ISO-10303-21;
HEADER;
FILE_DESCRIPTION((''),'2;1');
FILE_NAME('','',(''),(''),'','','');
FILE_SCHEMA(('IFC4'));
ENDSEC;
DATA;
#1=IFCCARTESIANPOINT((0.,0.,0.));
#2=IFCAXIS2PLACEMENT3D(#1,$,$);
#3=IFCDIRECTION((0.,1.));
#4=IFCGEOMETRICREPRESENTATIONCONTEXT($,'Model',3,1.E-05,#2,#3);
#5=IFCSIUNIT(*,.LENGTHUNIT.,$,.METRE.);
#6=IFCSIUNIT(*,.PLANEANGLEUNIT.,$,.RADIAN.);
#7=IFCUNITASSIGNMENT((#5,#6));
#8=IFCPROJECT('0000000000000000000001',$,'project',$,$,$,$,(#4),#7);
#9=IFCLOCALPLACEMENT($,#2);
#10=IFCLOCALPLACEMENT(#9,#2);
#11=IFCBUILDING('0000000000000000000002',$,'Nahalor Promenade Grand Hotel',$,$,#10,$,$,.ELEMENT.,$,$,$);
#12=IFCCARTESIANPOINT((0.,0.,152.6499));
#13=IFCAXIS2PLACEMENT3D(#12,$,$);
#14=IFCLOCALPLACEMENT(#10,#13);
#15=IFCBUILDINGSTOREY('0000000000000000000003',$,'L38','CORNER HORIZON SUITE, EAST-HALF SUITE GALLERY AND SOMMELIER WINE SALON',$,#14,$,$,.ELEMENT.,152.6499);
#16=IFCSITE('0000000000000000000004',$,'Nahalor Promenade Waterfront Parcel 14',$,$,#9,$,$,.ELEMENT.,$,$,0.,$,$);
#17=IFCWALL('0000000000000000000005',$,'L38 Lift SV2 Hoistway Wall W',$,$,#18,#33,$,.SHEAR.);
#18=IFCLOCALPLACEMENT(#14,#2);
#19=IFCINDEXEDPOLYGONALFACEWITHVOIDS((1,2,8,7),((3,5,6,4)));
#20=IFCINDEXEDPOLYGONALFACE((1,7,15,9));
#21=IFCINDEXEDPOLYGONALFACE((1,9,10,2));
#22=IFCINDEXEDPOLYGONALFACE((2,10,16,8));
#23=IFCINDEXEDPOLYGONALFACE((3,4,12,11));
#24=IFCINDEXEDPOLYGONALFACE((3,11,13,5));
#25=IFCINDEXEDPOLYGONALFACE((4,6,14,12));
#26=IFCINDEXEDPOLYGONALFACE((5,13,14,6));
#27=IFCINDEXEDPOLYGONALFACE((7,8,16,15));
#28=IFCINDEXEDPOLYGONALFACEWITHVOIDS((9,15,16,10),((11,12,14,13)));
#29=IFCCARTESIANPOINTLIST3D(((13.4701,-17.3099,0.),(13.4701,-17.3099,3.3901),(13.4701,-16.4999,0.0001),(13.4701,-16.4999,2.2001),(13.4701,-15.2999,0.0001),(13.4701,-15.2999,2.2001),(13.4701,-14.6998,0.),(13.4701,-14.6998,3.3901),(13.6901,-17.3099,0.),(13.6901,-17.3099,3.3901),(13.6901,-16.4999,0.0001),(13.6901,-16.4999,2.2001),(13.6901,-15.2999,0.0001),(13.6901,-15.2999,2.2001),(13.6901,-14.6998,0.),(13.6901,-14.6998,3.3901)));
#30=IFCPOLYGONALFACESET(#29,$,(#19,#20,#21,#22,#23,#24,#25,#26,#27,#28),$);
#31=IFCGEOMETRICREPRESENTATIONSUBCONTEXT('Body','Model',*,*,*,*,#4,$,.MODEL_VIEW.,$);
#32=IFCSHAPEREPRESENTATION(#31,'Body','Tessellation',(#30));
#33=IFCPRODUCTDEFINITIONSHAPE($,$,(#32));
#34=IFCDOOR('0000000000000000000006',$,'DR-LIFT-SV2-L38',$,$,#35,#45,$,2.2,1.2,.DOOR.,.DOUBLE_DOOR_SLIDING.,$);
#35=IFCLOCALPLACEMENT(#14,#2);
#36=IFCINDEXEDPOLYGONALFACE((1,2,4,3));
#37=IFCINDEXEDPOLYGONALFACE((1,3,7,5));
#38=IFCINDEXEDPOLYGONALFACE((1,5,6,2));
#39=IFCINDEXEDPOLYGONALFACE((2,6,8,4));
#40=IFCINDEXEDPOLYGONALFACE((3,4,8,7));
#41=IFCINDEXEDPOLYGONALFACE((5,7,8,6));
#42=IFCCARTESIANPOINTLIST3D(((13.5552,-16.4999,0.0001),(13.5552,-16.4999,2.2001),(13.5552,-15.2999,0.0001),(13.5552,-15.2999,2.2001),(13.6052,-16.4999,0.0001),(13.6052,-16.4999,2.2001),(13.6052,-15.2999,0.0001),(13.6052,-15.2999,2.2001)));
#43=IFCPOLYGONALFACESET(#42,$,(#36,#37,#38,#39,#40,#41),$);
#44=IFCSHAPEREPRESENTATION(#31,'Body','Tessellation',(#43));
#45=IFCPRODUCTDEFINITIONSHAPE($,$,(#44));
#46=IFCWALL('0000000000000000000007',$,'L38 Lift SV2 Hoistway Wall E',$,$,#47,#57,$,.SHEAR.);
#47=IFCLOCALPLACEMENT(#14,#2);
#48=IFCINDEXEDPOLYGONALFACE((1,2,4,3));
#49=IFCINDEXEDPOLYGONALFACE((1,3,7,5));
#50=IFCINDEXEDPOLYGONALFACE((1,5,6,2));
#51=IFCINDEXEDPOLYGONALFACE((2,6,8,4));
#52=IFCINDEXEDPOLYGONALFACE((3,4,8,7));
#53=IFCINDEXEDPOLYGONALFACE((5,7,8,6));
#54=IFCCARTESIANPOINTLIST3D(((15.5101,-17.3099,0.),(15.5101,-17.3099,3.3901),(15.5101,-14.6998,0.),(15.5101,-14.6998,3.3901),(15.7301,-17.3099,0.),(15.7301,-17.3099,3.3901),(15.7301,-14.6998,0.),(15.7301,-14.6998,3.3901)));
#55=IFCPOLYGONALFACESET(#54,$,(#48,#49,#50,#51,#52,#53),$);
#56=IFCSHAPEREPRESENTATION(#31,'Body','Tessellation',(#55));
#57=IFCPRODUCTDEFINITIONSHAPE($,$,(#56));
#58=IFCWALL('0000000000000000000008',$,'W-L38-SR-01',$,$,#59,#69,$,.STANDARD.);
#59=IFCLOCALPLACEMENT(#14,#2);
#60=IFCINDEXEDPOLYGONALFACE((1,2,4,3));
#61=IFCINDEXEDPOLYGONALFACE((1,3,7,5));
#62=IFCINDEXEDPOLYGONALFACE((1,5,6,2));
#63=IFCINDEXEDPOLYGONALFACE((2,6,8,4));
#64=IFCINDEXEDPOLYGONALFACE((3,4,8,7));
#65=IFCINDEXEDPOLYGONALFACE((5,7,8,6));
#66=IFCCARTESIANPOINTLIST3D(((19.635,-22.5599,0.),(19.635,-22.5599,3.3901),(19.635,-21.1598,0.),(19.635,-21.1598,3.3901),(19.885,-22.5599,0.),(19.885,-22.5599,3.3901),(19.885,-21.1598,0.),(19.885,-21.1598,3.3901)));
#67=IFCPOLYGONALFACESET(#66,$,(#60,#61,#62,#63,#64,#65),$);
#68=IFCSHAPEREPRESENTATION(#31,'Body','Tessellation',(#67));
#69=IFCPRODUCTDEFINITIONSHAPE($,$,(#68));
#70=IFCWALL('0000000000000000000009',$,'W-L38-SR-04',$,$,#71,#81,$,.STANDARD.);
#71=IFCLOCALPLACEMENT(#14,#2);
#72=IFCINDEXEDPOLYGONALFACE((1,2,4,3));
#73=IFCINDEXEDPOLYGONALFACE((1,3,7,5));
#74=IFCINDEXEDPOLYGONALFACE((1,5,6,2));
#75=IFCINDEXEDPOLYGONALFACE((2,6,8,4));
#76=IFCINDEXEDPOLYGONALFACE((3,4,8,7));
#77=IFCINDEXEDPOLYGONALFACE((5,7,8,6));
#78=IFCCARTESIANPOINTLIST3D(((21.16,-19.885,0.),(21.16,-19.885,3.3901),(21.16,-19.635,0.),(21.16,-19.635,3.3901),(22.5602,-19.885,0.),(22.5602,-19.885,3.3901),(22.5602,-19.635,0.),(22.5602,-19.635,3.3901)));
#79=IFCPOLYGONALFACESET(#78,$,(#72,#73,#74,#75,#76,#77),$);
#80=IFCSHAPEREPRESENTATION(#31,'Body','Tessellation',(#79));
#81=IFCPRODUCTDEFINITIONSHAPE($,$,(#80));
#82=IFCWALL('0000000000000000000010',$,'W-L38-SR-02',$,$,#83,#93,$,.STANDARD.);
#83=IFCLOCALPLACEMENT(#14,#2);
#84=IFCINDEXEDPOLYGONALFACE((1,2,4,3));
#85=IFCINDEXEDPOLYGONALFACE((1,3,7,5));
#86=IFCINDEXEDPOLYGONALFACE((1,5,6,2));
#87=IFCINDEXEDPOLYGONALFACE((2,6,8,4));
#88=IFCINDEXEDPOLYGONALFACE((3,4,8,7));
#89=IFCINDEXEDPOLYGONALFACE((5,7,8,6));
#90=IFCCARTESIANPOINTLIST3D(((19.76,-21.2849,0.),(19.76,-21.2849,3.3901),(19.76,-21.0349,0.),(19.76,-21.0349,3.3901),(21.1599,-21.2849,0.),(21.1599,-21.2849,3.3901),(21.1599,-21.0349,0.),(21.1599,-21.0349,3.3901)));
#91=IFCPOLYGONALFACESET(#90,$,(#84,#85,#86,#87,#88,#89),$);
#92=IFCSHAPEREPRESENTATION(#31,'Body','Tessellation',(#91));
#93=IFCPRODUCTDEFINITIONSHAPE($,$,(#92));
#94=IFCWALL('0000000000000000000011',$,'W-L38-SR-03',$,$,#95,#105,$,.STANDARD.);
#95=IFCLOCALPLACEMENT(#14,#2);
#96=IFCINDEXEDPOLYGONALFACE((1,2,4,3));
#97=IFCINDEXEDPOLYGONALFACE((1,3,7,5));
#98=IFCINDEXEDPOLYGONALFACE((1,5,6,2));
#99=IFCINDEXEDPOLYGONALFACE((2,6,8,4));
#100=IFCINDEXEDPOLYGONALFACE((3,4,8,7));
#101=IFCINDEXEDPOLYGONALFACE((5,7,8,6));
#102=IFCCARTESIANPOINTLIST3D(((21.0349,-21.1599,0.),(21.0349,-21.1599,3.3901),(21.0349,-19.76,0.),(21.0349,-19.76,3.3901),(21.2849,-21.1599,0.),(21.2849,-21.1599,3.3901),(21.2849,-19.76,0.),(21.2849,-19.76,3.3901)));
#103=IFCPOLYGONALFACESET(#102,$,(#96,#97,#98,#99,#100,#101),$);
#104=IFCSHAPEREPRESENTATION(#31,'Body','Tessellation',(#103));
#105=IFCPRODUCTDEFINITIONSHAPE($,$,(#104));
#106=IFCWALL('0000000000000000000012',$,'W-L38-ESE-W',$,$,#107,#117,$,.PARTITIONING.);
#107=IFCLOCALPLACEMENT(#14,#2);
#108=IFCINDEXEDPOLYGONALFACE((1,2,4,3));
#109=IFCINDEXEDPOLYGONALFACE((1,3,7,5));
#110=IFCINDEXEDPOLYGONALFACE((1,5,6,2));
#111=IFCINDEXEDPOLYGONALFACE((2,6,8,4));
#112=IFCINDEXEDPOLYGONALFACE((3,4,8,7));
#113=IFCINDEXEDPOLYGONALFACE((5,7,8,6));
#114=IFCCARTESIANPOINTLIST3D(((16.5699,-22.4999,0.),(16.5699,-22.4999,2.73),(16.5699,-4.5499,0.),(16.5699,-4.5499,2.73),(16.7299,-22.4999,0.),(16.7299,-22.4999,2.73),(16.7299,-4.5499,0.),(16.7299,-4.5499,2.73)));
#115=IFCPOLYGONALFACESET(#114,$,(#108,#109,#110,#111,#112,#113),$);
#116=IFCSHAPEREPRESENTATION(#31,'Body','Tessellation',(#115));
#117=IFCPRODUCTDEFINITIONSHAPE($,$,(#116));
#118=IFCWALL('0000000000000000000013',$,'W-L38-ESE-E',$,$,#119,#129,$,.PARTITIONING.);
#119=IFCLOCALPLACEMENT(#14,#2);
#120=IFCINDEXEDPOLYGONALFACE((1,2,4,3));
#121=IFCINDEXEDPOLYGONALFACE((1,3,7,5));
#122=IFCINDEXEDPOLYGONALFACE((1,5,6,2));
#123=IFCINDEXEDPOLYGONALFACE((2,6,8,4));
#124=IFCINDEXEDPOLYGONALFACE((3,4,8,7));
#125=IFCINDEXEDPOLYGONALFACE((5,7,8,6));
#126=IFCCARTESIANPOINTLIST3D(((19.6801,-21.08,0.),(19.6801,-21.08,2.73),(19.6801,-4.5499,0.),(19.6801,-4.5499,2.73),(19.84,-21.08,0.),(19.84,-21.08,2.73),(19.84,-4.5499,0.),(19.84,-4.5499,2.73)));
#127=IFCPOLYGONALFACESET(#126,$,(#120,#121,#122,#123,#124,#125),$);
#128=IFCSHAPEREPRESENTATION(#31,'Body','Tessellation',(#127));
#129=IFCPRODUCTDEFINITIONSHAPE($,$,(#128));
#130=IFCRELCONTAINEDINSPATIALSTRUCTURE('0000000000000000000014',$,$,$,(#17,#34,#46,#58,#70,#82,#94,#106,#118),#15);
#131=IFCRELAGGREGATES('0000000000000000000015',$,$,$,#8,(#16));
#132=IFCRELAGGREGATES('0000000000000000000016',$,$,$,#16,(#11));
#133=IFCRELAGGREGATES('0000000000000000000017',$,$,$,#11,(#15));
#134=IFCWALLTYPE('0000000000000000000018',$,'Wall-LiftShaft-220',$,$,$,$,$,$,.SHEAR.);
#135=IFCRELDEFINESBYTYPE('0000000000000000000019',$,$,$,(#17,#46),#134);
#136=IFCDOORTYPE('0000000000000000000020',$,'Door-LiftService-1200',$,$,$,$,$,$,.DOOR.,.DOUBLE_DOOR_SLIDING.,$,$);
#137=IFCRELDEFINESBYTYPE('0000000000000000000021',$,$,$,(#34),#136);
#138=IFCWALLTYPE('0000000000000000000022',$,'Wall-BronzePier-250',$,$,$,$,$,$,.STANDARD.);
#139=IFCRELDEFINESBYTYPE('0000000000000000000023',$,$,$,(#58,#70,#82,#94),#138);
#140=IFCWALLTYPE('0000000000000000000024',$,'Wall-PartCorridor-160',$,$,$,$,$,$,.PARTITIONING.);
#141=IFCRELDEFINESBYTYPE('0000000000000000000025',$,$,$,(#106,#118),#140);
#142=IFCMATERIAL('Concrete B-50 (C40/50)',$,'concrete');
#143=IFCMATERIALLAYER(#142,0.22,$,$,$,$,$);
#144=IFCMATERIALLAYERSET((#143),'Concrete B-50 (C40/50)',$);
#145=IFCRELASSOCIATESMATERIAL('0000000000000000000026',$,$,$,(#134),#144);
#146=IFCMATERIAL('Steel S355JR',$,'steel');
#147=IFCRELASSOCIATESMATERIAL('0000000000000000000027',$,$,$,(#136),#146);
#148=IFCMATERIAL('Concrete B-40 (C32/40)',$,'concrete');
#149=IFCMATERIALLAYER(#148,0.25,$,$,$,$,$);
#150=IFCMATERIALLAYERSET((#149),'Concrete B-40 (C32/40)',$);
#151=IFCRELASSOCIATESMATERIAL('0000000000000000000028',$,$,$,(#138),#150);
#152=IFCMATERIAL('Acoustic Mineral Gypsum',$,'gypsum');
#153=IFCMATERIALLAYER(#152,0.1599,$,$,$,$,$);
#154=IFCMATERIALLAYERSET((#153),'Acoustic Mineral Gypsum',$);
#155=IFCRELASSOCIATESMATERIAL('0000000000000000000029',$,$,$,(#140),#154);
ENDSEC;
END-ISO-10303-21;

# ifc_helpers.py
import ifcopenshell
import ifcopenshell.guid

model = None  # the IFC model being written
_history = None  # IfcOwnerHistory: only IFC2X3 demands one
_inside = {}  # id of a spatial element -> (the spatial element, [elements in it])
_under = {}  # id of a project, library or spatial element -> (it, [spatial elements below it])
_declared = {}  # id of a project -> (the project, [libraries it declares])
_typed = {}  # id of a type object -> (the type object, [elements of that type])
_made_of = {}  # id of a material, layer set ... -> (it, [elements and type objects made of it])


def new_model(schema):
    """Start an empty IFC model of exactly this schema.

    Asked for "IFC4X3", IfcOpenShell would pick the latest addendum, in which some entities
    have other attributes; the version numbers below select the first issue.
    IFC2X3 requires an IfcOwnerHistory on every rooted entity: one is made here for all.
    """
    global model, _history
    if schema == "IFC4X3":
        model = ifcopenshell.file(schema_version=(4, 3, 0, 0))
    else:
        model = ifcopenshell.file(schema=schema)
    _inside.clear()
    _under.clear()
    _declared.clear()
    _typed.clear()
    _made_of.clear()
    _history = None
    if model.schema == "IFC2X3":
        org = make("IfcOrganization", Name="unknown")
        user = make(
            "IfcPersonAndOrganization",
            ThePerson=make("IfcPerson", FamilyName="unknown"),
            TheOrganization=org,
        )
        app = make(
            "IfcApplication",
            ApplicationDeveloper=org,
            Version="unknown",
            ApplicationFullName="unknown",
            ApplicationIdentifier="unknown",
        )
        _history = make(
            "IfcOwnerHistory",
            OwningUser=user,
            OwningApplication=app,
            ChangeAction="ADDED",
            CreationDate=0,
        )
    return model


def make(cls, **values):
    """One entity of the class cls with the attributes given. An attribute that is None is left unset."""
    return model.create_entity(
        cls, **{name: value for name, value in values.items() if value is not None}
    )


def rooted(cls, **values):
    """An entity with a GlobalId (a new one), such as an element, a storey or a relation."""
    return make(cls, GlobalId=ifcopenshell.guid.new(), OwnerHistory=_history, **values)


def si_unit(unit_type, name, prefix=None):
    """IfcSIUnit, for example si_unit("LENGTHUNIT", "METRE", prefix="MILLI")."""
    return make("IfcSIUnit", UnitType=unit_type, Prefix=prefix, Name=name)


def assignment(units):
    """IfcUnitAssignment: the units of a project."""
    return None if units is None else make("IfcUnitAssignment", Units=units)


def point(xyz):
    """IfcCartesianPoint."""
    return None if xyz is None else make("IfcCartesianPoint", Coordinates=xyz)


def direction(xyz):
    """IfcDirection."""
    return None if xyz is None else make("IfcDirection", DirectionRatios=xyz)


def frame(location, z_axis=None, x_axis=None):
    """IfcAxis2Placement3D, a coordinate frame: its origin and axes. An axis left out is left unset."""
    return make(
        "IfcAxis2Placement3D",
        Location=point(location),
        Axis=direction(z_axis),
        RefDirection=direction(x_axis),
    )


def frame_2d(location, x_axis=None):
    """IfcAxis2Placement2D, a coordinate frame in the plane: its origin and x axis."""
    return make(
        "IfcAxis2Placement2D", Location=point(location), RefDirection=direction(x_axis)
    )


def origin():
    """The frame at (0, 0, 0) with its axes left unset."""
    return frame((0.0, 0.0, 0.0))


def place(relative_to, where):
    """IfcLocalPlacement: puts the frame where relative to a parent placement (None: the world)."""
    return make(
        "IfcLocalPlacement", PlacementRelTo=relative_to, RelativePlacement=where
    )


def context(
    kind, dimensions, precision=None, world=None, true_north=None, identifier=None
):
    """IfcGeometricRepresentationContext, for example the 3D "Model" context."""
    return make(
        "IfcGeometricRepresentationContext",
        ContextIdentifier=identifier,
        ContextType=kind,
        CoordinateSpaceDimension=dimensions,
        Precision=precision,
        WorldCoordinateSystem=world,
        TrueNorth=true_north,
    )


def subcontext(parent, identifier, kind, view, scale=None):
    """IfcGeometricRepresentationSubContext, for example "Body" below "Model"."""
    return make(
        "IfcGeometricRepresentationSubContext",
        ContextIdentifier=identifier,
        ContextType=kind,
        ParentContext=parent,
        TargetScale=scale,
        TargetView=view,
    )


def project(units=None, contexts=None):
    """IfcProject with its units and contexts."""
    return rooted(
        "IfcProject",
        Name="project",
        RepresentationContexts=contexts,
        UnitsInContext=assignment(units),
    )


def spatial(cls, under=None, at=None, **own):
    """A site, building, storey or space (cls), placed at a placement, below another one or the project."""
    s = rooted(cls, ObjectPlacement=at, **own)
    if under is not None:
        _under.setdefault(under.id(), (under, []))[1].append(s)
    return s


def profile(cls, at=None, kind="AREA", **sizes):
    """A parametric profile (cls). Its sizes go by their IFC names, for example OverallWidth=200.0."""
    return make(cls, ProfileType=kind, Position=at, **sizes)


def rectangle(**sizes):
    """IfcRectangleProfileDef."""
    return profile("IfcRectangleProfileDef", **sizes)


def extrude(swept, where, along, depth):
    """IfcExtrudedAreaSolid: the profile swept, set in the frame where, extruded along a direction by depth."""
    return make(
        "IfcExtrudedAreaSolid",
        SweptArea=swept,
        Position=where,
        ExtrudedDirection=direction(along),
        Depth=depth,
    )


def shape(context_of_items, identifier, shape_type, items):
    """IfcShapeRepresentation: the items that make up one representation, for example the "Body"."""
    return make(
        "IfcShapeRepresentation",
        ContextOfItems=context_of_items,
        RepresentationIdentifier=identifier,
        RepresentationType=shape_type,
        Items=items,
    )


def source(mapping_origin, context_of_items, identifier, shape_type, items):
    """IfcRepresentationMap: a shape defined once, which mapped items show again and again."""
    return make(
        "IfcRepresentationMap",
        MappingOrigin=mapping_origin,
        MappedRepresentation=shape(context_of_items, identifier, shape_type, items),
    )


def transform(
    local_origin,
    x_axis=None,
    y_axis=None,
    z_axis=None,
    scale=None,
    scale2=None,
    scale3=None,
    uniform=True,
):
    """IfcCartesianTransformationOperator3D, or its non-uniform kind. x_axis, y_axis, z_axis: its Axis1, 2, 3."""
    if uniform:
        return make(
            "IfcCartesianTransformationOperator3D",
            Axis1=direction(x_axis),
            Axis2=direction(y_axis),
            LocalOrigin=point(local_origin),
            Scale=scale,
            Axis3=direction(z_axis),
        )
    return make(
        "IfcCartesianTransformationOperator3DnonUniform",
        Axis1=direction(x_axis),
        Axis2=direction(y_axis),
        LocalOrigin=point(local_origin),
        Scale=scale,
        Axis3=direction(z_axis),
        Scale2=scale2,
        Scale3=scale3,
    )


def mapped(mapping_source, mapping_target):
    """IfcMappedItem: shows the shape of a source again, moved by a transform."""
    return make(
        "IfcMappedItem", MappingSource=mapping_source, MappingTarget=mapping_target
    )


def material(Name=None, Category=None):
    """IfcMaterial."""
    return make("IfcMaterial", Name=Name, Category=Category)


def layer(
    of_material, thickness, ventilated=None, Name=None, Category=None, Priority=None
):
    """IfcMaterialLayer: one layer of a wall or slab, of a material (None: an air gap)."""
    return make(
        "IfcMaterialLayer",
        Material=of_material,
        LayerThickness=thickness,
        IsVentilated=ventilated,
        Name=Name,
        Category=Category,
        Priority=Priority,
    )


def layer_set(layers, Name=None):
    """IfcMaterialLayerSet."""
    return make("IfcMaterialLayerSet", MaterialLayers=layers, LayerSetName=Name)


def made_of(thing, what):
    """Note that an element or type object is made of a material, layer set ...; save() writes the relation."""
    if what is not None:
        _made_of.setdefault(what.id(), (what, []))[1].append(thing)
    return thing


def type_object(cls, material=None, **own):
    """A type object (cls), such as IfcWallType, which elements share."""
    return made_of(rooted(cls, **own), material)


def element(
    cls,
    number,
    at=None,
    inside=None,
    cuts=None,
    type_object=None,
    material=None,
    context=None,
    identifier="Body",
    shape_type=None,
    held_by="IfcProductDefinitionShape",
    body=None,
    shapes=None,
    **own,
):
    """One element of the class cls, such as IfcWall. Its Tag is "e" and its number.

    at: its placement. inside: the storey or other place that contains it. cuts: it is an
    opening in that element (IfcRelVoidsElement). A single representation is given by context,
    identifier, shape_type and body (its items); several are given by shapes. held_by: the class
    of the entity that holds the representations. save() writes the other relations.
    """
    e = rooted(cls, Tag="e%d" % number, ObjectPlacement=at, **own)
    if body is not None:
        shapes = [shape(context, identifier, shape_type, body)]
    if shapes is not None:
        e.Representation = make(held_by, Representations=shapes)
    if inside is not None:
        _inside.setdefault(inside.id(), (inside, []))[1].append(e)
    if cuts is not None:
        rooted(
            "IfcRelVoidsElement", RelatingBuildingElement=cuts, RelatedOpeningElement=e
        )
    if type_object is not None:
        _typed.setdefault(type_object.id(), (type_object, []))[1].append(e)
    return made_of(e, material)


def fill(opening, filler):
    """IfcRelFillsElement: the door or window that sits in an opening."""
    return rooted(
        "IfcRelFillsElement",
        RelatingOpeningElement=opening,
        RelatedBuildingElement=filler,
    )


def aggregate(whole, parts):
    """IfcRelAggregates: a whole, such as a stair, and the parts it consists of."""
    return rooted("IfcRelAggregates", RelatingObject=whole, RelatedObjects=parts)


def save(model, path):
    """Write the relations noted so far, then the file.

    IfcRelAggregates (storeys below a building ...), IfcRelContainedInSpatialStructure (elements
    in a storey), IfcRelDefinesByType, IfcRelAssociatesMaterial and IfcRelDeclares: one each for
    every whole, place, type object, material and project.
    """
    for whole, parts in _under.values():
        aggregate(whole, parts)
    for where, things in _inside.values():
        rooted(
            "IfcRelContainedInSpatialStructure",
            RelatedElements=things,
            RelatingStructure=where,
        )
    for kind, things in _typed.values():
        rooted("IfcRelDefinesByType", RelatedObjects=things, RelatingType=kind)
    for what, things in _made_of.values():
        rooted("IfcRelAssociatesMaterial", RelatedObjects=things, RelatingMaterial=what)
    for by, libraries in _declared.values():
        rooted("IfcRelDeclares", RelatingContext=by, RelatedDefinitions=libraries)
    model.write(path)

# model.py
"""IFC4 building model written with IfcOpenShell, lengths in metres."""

from ifc_helpers import new_model, si_unit, direction, frame, frame_2d, origin, place, context, subcontext, project, spatial, rectangle, extrude, source, transform, mapped, material, layer, layer_set, type_object, element, fill, save


model = new_model("IFC4")

# Units and contexts
model_context = context("Model", 3, precision=1e-05, world=origin(), true_north=direction((0.0, 1.0)))
body_context = subcontext(model_context, "Body", "Model", "MODEL_VIEW")
ifc_project = project(units=[si_unit("LENGTHUNIT", "METRE"), si_unit("PLANEANGLEUNIT", "RADIAN")], contexts=[model_context])

# Site, building, storey
site_placement = place(None, origin())
site = spatial("IfcSite", under=ifc_project, at=site_placement, Name="Nahalor Promenade Waterfront Parcel 14", CompositionType="ELEMENT", RefElevation=0.0)
building_placement = place(site_placement, origin())
building = spatial("IfcBuilding", under=site, at=building_placement, Name="Nahalor Promenade Grand Hotel", CompositionType="ELEMENT")
storey_placement = place(building_placement, frame((0.0, 0.0, 152.6499)))
storey = spatial("IfcBuildingStorey", under=building, at=storey_placement, Name="L38", Description="CORNER HORIZON SUITE, EAST-HALF SUITE GALLERY AND SOMMELIER WINE SALON", CompositionType="ELEMENT", Elevation=152.6499)

# Shared definitions
ifc_material_1 = material(Name="Steel S355JR", Category="steel")

# Shared definitions
ifc_material_2 = material(Name="Concrete B-50 (C40/50)", Category="concrete")
ifc_layer_1 = layer(ifc_material_2, 0.22)
ifc_layer_set_1 = layer_set([ifc_layer_1], Name="Concrete B-50 (C40/50)")
wall_type_1 = type_object("IfcWallType", Name="Wall-LiftShaft-220", PredefinedType="SHEAR", material=ifc_layer_set_1)

# Wall, opening, door
shared_shape_1 = source(origin(), body_context, "Body", "SweptSolid", [
    extrude(rectangle(XDim=2.6101, YDim=0.22, at=frame_2d((1.3052, 0.0))), origin(), (0.0, 0.0, 1.0), 3.3901),
])
wall_1_placement = place(storey_placement, frame((13.5801, -17.3101, 0.0), z_axis=(0.0, 0.0, 1.0), x_axis=(0.0, 1.0, 0.0)))
wall_1 = element("IfcWall", 1, at=wall_1_placement, inside=storey, type_object=wall_type_1, Name="L38 Lift SV2 Hoistway Wall W", PredefinedType="SHEAR", context=body_context, shape_type="MappedRepresentation", body=[
    mapped(shared_shape_1, transform((0.0, 0.0, 0.0), scale=1.0)),
])
opening_1_placement = place(wall_1_placement, frame((0.8101, 0.0, 0.0)))
opening_1 = element("IfcOpeningElement", 2, at=opening_1_placement, cuts=wall_1, PredefinedType="OPENING", context=body_context, shape_type="SweptSolid", body=[
    extrude(rectangle(XDim=1.2, YDim=2.2, at=frame_2d((0.6001, 1.1001))), frame((0.0, 0.1199, 0.0), z_axis=(0.0, -1.0, 0.0), x_axis=(1.0, 0.0, 0.0)), (0.0, 0.0, 1.0), 0.24),
])
door_type_1 = type_object("IfcDoorType", Name="Door-LiftService-1200", OperationType="DOUBLE_DOOR_SLIDING", PredefinedType="DOOR", material=ifc_material_1)
shared_shape_2 = source(origin(), body_context, "Body", "SweptSolid", [
    extrude(rectangle(XDim=1.2, YDim=2.2, at=frame_2d((0.6001, 1.1001))), frame((0.0, 0.0249, 0.0), z_axis=(0.0, -1.0, 0.0), x_axis=(1.0, 0.0, 0.0)), (0.0, 0.0, 1.0), 0.05),
])
door_1_placement = place(opening_1_placement, origin())
door_1 = element("IfcDoor", 3, at=door_1_placement, inside=storey, type_object=door_type_1, Name="DR-LIFT-SV2-L38", OperationType="DOUBLE_DOOR_SLIDING", OverallHeight=2.2, OverallWidth=1.2, PredefinedType="DOOR", context=body_context, shape_type="MappedRepresentation", body=[
    mapped(shared_shape_2, transform((0.0, 0.0, 0.0), scale=1.0)),
])
fill(opening_1, door_1)

# Walls
wall_2_placement = place(storey_placement, frame((15.6201, -17.3101, 0.0), z_axis=(0.0, 0.0, 1.0), x_axis=(0.0, 1.0, 0.0)))
element("IfcWall", 4, at=wall_2_placement, inside=storey, type_object=wall_type_1, Name="L38 Lift SV2 Hoistway Wall E", PredefinedType="SHEAR", context=body_context, shape_type="MappedRepresentation", body=[
    mapped(shared_shape_1, transform((0.0, 0.0, 0.0), scale=1.0)),
])
ifc_material_3 = material(Name="Concrete B-40 (C32/40)", Category="concrete")
ifc_layer_2 = layer(ifc_material_3, 0.25)
ifc_layer_set_2 = layer_set([ifc_layer_2], Name="Concrete B-40 (C32/40)")
wall_type_2 = type_object("IfcWallType", Name="Wall-BronzePier-250", PredefinedType="STANDARD", material=ifc_layer_set_2)
shared_shape_3 = source(origin(), body_context, "Body", "SweptSolid", [
    extrude(rectangle(XDim=1.4001, YDim=0.25, at=frame_2d((0.7002, 0.0))), origin(), (0.0, 0.0, 1.0), 3.3901),
])
for number, where, z_axis, x_axis, name in (
    (5, (19.76, -22.5601, 0.0), (0.0, 0.0, 1.0), (0.0, 1.0, 0.0), "W-L38-SR-01"),
    (6, (21.1599, -19.76, 0.0), (0.0, 0.0, 1.0), (1.0, 0.0, 0.0), "W-L38-SR-04"),
):
    element("IfcWall", number, at=place(storey_placement, frame(where, z_axis=z_axis, x_axis=x_axis)), inside=storey, type_object=wall_type_2, Name=name, PredefinedType="STANDARD", context=body_context, shape_type="MappedRepresentation", body=[
        mapped(shared_shape_3, transform((0.0, 0.0, 0.0), scale=1.0)),
    ])
shared_shape_4 = source(origin(), body_context, "Body", "SweptSolid", [
    extrude(rectangle(XDim=1.3999, YDim=0.25, at=frame_2d((0.7, 0.0))), origin(), (0.0, 0.0, 1.0), 3.3901),
])
for number, where, z_axis, x_axis, name in (
    (7, (19.76, -21.1599, 0.0), (0.0, 0.0, 1.0), (1.0, 0.0, 0.0), "W-L38-SR-02"),
    (8, (21.1599, -21.1599, 0.0), (0.0, 0.0, 1.0), (0.0, 1.0, 0.0), "W-L38-SR-03"),
):
    element("IfcWall", number, at=place(storey_placement, frame(where, z_axis=z_axis, x_axis=x_axis)), inside=storey, type_object=wall_type_2, Name=name, PredefinedType="STANDARD", context=body_context, shape_type="MappedRepresentation", body=[
        mapped(shared_shape_4, transform((0.0, 0.0, 0.0), scale=1.0)),
    ])
ifc_material_4 = material(Name="Acoustic Mineral Gypsum", Category="gypsum")
ifc_layer_3 = layer(ifc_material_4, 0.1599)
ifc_layer_set_3 = layer_set([ifc_layer_3], Name="Acoustic Mineral Gypsum")
wall_type_3 = type_object("IfcWallType", Name="Wall-PartCorridor-160", PredefinedType="PARTITIONING", material=ifc_layer_set_3)
shared_shape_5 = source(origin(), body_context, "Body", "SweptSolid", [
    extrude(rectangle(XDim=17.95, YDim=0.1599, at=frame_2d((8.9751, 0.0))), origin(), (0.0, 0.0, 1.0), 2.73),
])
wall_3_placement = place(storey_placement, frame((16.6499, -22.5, 0.0), z_axis=(0.0, 0.0, 1.0), x_axis=(0.0, 1.0, 0.0)))
element("IfcWall", 9, at=wall_3_placement, inside=storey, type_object=wall_type_3, Name="W-L38-ESE-W", PredefinedType="PARTITIONING", context=body_context, shape_type="MappedRepresentation", body=[
    mapped(shared_shape_5, transform((0.0, 0.0, 0.0), scale=1.0)),
])
shared_shape_6 = source(origin(), body_context, "Body", "SweptSolid", [
    extrude(rectangle(XDim=16.53, YDim=0.1599, at=frame_2d((8.2651, 0.0))), origin(), (0.0, 0.0, 1.0), 2.73),
])
wall_4_placement = place(storey_placement, frame((19.76, -21.0801, 0.0), z_axis=(0.0, 0.0, 1.0), x_axis=(0.0, 1.0, 0.0)))
element("IfcWall", 10, at=wall_4_placement, inside=storey, type_object=wall_type_3, Name="W-L38-ESE-E", PredefinedType="PARTITIONING", context=body_context, shape_type="MappedRepresentation", body=[
    mapped(shared_shape_6, transform((0.0, 0.0, 0.0), scale=1.0)),
])

save(model, "model.ifc")
